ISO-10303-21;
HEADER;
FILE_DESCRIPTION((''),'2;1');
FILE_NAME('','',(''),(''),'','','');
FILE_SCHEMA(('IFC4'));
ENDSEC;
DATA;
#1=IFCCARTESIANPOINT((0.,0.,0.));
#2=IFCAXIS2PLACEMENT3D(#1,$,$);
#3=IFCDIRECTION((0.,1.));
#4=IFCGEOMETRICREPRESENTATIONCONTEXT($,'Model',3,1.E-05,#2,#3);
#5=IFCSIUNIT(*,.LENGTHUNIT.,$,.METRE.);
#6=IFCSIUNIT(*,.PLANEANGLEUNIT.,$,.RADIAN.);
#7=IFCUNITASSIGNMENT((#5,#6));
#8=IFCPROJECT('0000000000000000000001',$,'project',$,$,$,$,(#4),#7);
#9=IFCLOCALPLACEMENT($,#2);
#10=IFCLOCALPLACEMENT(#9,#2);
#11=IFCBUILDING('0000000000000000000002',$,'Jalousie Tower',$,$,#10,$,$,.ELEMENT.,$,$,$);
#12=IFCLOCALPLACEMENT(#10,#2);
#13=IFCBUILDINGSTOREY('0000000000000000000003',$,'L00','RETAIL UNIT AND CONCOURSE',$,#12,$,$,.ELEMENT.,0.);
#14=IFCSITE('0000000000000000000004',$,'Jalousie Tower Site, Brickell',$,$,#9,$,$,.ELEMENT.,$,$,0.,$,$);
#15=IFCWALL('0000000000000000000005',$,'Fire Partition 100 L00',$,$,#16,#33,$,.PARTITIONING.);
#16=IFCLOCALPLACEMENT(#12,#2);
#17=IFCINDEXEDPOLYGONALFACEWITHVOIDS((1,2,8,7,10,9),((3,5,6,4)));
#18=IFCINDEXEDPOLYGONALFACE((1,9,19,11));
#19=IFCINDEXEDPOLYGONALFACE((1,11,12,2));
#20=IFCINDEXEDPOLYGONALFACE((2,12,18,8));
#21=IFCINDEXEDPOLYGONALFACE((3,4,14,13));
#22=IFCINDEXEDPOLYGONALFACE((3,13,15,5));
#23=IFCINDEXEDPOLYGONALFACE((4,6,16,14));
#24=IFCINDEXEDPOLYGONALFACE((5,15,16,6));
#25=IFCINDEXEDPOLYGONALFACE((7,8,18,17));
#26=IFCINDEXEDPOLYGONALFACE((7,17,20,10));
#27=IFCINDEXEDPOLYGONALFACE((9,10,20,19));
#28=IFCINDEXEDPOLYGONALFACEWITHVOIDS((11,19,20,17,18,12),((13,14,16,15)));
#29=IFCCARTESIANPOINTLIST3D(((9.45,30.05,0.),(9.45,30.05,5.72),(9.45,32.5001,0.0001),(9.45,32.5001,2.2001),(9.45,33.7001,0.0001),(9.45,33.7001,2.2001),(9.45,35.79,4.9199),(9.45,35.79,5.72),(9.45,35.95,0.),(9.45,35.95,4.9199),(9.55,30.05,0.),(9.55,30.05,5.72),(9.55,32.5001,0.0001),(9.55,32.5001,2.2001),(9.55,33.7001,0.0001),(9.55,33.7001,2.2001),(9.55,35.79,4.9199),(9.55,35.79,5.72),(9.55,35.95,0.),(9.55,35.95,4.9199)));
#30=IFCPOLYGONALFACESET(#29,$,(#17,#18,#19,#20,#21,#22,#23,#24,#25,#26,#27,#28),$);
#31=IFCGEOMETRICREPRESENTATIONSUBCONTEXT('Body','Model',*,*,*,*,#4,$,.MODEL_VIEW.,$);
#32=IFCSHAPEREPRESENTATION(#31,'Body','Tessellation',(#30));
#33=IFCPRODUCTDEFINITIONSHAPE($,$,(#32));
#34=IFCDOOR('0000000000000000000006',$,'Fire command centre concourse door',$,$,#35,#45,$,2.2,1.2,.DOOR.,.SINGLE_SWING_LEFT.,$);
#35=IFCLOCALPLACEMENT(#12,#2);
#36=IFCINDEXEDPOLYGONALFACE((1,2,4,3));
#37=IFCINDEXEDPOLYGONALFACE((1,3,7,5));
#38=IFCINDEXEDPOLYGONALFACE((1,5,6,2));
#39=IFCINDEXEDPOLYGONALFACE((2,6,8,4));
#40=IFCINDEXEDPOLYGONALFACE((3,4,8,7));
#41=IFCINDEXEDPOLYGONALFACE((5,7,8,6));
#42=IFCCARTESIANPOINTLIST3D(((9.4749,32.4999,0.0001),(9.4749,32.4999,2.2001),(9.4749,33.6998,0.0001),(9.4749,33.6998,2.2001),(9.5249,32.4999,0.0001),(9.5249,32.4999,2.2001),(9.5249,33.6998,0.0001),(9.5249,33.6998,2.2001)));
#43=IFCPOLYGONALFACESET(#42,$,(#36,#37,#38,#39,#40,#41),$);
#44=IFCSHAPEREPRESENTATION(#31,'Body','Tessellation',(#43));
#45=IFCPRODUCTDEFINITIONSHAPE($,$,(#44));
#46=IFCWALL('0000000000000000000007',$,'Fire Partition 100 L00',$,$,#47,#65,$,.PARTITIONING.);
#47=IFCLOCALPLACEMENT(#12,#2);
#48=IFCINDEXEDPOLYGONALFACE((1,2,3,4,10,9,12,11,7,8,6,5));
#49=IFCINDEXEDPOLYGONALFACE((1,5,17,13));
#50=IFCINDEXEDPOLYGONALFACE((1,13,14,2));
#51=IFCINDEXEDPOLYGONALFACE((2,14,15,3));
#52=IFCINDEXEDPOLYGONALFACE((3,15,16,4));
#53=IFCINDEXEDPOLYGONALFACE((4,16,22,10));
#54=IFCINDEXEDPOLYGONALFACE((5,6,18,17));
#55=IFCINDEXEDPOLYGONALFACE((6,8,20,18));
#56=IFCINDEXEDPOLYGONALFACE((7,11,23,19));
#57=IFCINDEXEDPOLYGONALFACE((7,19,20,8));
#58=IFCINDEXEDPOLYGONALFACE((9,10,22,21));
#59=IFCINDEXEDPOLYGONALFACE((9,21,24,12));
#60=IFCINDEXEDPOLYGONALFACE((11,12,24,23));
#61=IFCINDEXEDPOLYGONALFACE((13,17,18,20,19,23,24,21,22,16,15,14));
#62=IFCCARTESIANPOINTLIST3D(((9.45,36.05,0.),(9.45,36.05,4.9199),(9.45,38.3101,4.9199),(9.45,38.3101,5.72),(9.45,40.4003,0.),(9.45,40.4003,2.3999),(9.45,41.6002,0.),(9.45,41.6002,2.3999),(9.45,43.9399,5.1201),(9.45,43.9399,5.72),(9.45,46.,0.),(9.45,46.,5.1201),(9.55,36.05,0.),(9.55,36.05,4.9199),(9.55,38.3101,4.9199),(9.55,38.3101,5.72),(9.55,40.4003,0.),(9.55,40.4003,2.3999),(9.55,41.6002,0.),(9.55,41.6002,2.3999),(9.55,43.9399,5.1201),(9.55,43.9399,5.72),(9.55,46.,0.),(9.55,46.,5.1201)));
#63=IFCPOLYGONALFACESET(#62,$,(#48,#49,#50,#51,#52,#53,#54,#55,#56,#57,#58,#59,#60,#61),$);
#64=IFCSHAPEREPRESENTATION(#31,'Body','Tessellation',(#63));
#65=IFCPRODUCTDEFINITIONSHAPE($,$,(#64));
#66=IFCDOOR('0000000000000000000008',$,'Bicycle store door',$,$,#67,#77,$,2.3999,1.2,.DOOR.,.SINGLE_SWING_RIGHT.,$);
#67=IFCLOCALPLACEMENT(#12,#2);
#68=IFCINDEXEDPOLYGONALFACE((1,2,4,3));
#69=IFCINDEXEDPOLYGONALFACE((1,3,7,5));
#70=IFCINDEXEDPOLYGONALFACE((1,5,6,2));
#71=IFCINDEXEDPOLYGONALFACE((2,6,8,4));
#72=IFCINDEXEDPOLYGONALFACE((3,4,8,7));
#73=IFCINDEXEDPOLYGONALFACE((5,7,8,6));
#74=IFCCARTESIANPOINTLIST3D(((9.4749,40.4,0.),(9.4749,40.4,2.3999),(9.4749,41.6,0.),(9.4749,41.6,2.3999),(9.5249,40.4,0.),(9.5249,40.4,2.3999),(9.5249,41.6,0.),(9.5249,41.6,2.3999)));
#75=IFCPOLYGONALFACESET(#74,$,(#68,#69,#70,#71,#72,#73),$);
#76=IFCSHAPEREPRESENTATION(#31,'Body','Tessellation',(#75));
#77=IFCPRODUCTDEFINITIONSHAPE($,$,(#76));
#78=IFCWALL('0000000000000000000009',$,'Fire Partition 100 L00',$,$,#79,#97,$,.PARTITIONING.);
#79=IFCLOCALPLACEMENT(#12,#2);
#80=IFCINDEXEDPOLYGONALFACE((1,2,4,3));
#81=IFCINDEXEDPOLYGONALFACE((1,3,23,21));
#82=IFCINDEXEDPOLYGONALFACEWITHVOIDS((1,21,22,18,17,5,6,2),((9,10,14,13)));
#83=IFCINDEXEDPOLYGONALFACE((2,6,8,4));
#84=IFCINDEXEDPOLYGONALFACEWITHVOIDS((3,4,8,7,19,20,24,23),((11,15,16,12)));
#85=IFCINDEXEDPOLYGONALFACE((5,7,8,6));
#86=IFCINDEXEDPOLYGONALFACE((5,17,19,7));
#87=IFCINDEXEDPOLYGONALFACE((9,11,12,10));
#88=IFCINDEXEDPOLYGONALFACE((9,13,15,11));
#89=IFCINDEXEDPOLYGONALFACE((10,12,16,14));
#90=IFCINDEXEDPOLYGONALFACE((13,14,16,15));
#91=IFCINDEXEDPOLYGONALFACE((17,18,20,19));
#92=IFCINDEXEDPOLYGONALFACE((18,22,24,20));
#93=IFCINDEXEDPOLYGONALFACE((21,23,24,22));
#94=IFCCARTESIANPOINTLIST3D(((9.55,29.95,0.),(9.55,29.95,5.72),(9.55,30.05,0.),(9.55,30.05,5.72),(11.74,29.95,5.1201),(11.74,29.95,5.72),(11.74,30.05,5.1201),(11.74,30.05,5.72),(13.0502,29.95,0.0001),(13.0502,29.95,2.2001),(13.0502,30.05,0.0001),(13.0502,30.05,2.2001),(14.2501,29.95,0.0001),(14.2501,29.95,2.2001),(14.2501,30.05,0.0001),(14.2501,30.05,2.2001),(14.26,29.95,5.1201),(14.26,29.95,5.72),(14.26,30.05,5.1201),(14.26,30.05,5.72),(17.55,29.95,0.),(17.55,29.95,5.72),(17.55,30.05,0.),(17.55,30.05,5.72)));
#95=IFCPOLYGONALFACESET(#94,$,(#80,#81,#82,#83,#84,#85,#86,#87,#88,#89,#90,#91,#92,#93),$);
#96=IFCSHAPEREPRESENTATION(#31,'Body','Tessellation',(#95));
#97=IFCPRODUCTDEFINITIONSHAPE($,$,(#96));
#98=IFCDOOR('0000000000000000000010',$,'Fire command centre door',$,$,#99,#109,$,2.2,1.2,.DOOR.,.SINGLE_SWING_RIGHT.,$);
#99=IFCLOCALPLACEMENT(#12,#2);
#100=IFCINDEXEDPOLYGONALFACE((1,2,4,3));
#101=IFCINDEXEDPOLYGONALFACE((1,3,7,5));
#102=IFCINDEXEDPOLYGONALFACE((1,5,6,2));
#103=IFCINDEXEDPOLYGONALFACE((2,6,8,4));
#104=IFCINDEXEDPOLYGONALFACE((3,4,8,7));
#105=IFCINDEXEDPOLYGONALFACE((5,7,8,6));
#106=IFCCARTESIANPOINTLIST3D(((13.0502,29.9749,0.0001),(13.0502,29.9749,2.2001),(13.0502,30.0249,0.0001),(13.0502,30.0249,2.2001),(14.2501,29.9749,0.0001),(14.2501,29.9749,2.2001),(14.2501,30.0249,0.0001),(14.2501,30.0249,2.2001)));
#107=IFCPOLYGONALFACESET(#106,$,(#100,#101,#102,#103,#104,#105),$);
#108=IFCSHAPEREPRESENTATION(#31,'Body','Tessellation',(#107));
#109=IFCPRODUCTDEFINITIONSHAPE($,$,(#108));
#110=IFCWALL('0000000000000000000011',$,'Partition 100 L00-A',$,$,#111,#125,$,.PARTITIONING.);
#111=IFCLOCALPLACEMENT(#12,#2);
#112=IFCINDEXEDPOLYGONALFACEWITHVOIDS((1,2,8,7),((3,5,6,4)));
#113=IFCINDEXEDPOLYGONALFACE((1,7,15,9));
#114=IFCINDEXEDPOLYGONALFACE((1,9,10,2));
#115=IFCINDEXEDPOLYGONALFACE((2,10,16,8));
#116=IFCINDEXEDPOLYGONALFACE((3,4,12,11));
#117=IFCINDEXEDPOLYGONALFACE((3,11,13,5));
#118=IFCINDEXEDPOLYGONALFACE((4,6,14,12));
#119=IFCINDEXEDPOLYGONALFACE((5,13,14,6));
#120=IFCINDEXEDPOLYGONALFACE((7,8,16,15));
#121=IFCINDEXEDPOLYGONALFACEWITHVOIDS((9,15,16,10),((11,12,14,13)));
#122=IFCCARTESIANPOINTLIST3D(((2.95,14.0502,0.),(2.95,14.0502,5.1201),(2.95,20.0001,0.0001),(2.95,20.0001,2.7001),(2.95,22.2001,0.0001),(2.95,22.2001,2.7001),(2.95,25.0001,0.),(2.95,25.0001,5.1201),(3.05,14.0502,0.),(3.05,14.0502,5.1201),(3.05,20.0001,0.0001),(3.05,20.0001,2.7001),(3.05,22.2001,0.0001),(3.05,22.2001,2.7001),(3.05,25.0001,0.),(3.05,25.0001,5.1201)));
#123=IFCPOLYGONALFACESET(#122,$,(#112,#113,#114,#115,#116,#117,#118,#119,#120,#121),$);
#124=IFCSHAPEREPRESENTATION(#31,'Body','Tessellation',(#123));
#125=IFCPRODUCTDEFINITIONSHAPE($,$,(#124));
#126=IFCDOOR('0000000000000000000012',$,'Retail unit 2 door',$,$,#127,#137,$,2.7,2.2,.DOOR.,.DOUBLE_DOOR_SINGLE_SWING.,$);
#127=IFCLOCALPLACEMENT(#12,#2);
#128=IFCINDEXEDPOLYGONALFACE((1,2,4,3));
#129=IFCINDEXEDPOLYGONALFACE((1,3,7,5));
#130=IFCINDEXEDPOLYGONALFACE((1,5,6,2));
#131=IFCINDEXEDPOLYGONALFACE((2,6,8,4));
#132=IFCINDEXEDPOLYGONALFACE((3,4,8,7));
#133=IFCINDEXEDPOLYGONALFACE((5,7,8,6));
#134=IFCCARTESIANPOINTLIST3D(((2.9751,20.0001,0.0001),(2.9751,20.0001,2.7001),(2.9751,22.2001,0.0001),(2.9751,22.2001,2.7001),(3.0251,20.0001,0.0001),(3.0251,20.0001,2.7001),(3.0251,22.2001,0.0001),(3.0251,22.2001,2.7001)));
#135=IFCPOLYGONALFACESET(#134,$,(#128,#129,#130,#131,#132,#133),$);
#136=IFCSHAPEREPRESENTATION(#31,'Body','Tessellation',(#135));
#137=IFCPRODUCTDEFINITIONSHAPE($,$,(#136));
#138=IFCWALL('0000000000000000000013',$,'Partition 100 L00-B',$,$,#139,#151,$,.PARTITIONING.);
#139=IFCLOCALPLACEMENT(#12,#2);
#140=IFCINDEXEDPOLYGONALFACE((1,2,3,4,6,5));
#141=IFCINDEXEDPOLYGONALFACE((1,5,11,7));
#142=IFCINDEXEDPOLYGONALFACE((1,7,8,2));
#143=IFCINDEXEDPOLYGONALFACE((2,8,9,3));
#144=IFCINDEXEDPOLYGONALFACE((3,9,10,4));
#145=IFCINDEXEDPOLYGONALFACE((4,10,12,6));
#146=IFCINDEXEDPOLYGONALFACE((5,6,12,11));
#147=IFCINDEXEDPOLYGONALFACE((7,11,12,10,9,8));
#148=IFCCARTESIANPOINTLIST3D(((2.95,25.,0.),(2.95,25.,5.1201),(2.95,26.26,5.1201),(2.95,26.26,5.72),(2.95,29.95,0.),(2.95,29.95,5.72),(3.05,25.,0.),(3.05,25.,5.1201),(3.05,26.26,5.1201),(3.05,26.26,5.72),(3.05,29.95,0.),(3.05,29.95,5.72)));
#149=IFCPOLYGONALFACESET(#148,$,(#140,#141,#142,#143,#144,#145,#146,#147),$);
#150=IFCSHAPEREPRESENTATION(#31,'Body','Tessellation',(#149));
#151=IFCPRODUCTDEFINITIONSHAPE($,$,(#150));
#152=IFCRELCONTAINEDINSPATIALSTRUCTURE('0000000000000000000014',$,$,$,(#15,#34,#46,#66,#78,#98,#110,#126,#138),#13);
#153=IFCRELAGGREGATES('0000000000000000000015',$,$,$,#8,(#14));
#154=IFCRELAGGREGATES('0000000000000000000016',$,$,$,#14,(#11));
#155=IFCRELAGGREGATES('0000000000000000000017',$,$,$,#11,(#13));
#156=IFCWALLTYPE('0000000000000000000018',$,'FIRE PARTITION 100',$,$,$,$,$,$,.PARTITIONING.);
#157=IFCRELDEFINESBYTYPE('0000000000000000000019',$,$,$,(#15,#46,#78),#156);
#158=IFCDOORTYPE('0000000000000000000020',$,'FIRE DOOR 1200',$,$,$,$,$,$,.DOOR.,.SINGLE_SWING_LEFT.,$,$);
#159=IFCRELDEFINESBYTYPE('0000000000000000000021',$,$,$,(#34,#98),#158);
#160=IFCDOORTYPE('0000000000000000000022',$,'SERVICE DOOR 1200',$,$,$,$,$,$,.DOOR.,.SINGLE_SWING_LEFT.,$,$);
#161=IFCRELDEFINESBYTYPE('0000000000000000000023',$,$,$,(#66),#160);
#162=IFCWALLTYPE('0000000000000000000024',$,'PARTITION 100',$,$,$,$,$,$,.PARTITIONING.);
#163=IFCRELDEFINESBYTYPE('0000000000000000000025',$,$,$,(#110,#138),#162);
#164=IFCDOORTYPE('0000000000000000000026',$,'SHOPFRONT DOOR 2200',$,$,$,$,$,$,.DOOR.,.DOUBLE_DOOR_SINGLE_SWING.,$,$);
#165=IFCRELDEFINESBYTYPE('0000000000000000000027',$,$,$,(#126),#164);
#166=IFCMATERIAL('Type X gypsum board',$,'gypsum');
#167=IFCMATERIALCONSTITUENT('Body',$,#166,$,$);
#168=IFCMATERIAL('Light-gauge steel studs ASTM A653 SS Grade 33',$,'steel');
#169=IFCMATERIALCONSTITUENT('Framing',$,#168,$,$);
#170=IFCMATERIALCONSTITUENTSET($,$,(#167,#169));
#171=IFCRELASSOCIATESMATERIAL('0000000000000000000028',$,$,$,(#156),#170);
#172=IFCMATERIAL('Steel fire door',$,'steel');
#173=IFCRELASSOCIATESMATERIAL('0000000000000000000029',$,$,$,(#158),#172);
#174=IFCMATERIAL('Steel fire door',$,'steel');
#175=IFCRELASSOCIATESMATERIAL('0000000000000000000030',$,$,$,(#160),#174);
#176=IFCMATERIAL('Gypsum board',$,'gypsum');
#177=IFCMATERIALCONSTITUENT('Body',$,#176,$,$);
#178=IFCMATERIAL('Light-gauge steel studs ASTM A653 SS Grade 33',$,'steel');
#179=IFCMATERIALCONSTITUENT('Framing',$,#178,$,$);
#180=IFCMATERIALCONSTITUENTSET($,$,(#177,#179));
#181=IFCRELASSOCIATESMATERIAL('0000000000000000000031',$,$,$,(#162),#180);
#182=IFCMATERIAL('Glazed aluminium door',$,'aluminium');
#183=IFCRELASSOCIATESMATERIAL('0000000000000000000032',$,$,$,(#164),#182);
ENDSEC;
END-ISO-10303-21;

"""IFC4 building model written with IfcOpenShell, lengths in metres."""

from ifc_helpers import new_model, si_unit, direction, frame, frame_2d, origin, place, context, subcontext, project, spatial, polyline, rectangle, outline, extrude, material, constituent, constituent_set, type_object, element, fill, save


model = new_model("IFC4")

# Units and contexts
model_context = context("Model", 3, precision=1e-05, world=origin(), true_north=direction((0.0, 1.0)))
body_context = subcontext(model_context, "Body", "Model", "MODEL_VIEW")
ifc_project = project(units=[si_unit("LENGTHUNIT", "METRE"), si_unit("PLANEANGLEUNIT", "RADIAN")], contexts=[model_context])

# Site, building, storey
site_placement = place(None, origin())
site = spatial("IfcSite", under=ifc_project, at=site_placement, Name="Jalousie Tower Site, Brickell", CompositionType="ELEMENT", RefElevation=0.0)
building_placement = place(site_placement, origin())
building = spatial("IfcBuilding", under=site, at=building_placement, Name="Jalousie Tower", CompositionType="ELEMENT")
storey_placement = place(building_placement, origin())
storey = spatial("IfcBuildingStorey", under=building, at=storey_placement, Name="L00", Description="RETAIL UNIT AND CONCOURSE", CompositionType="ELEMENT", Elevation=0.0)

# Shared definitions
ifc_material_1 = material(Name="Type X gypsum board", Category="gypsum")
ifc_constituent_1 = constituent(ifc_material_1, Name="Body")
ifc_material_2 = material(Name="Light-gauge steel studs ASTM A653 SS Grade 33", Category="steel")
ifc_constituent_2 = constituent(ifc_material_2, Name="Framing")
ifc_constituent_set_1 = constituent_set(constituents=[ifc_constituent_1, ifc_constituent_2])
wall_type_1 = type_object("IfcWallType", Name="FIRE PARTITION 100", PredefinedType="PARTITIONING", material=ifc_constituent_set_1)

# Walls, openings, doors
wall_1_placement = place(storey_placement, frame((9.5, 30.05, 0.0), z_axis=(0.0, 0.0, 1.0), x_axis=(0.0, 1.0, 0.0)))
wall_1 = element("IfcWall", 1, at=wall_1_placement, inside=storey, type_object=wall_type_1, Name="Fire Partition 100 L00", PredefinedType="PARTITIONING", context=body_context, shape_type="SweptSolid", body=[
    extrude(outline(polyline([(0.0, 0.0), (5.8999, 0.0), (5.8999, 5.72), (5.8999, 4.9199), (5.74, 4.9199), (5.74, 5.72), (0.0, 5.72), (0.0, 0.0)])), frame((0.0, 0.05, 0.0), z_axis=(0.0, -1.0, 0.0), x_axis=(1.0, 0.0, 0.0)), (0.0, 0.0, 1.0), 0.1001),
])
opening_1_placement = place(wall_1_placement, frame((2.45, 0.0, 0.0)))
opening_1 = element("IfcOpeningElement", 2, at=opening_1_placement, cuts=wall_1, PredefinedType="OPENING", context=body_context, shape_type="SweptSolid", body=[
    extrude(rectangle(XDim=1.2, YDim=2.2, at=frame_2d((0.6001, 1.1001))), frame((0.0, 0.0601, 0.0), z_axis=(0.0, -1.0, 0.0), x_axis=(1.0, 0.0, 0.0)), (0.0, 0.0, 1.0), 0.1201),
])
ifc_material_3 = material(Name="Steel fire door", Category="steel")
door_type_1 = type_object("IfcDoorType", Name="FIRE DOOR 1200", OperationType="SINGLE_SWING_LEFT", PredefinedType="DOOR", material=ifc_material_3)
door_1_placement = place(opening_1_placement, frame((1.2, 0.0, 0.0), z_axis=(0.0, 0.0, 1.0), x_axis=(-1.0, 0.0, 0.0)))
door_1 = element("IfcDoor", 3, at=door_1_placement, inside=storey, type_object=door_type_1, Name="Fire command centre concourse door", OperationType="SINGLE_SWING_LEFT", OverallHeight=2.2, OverallWidth=1.2, PredefinedType="DOOR", context=body_context, shape_type="SweptSolid", body=[
    extrude(rectangle(XDim=1.2, YDim=2.2, at=frame_2d((0.6001, 1.1001))), frame((0.0, 0.0249, 0.0), z_axis=(0.0, -1.0, 0.0), x_axis=(1.0, 0.0, 0.0)), (0.0, 0.0, 1.0), 0.05),
])
fill(opening_1, door_1)
wall_2_placement = place(storey_placement, frame((9.5, 36.05, 0.0), z_axis=(0.0, 0.0, 1.0), x_axis=(0.0, 1.0, 0.0)))
wall_2 = element("IfcWall", 4, at=wall_2_placement, inside=storey, type_object=wall_type_1, Name="Fire Partition 100 L00", PredefinedType="PARTITIONING", context=body_context, shape_type="SweptSolid", body=[
    extrude(outline(polyline([(0.0, 0.0), (9.95, 0.0), (9.95, 5.72), (9.95, 5.1201), (7.8899, 5.1201), (7.8899, 5.72), (2.26, 5.72), (2.26, 4.9199), (0.0, 4.9199), (0.0, 5.72), (0.0, 0.0)])), frame((0.0, 0.05, 0.0), z_axis=(0.0, -1.0, 0.0), x_axis=(1.0, 0.0, 0.0)), (0.0, 0.0, 1.0), 0.1001),
])
opening_2_placement = place(wall_2_placement, frame((4.3501, 0.0, 0.0)))
opening_2 = element("IfcOpeningElement", 5, at=opening_2_placement, cuts=wall_2, PredefinedType="OPENING", context=body_context, shape_type="SweptSolid", body=[
    extrude(rectangle(XDim=1.2, YDim=2.3999, at=frame_2d((0.6001, 1.2))), frame((0.0, 0.0601, 0.0), z_axis=(0.0, -1.0, 0.0), x_axis=(1.0, 0.0, 0.0)), (0.0, 0.0, 1.0), 0.1201),
])
ifc_material_4 = material(Name="Steel fire door", Category="steel")
door_type_2 = type_object("IfcDoorType", Name="SERVICE DOOR 1200", OperationType="SINGLE_SWING_LEFT", PredefinedType="DOOR", material=ifc_material_4)
door_2_placement = place(opening_2_placement, frame((1.2, 0.0, 0.0), z_axis=(0.0, 0.0, 1.0), x_axis=(-1.0, 0.0, 0.0)))
door_2 = element("IfcDoor", 6, at=door_2_placement, inside=storey, type_object=door_type_2, Name="Bicycle store door", OperationType="SINGLE_SWING_RIGHT", OverallHeight=2.3999, OverallWidth=1.2, PredefinedType="DOOR", context=body_context, shape_type="SweptSolid", body=[
    extrude(rectangle(XDim=1.2, YDim=2.3999, at=frame_2d((0.6001, 1.2))), frame((0.0, 0.0249, 0.0), z_axis=(0.0, -1.0, 0.0), x_axis=(1.0, 0.0, 0.0)), (0.0, 0.0, 1.0), 0.05),
])
fill(opening_2, door_2)
wall_3_placement = place(storey_placement, frame((9.55, 30.0, 0.0), z_axis=(0.0, 0.0, 1.0), x_axis=(1.0, 0.0, 0.0)))
wall_3 = element("IfcWall", 7, at=wall_3_placement, inside=storey, type_object=wall_type_1, Name="Fire Partition 100 L00", PredefinedType="PARTITIONING", context=body_context, shape_type="SweptSolid", body=[
    extrude(outline(polyline([(0.0, 0.0), (8.0, 0.0), (8.0, 5.72), (4.71, 5.72), (4.71, 5.1201), (2.1899, 5.1201), (2.1899, 5.72), (0.0, 5.72), (0.0, 0.0)])), frame((0.0, 0.05, 0.0), z_axis=(0.0, -1.0, 0.0), x_axis=(1.0, 0.0, 0.0)), (0.0, 0.0, 1.0), 0.1001),
])
opening_3_placement = place(wall_3_placement, frame((3.5, 0.0, 0.0)))
opening_3 = element("IfcOpeningElement", 8, at=opening_3_placement, cuts=wall_3, PredefinedType="OPENING", context=body_context, shape_type="SweptSolid", body=[
    extrude(rectangle(XDim=1.2, YDim=2.2, at=frame_2d((0.6001, 1.1001))), frame((0.0, 0.0601, 0.0), z_axis=(0.0, -1.0, 0.0), x_axis=(1.0, 0.0, 0.0)), (0.0, 0.0, 1.0), 0.1201),
])
door_3_placement = place(opening_3_placement, origin())
door_3 = element("IfcDoor", 9, at=door_3_placement, inside=storey, type_object=door_type_1, Name="Fire command centre door", OperationType="SINGLE_SWING_RIGHT", OverallHeight=2.2, OverallWidth=1.2, PredefinedType="DOOR", context=body_context, shape_type="SweptSolid", body=[
    extrude(rectangle(XDim=1.2, YDim=2.2, at=frame_2d((0.6001, 1.1001))), frame((0.0, 0.0249, 0.0), z_axis=(0.0, -1.0, 0.0), x_axis=(1.0, 0.0, 0.0)), (0.0, 0.0, 1.0), 0.05),
])
fill(opening_3, door_3)
ifc_material_5 = material(Name="Gypsum board", Category="gypsum")
ifc_constituent_3 = constituent(ifc_material_5, Name="Body")
ifc_material_6 = material(Name="Light-gauge steel studs ASTM A653 SS Grade 33", Category="steel")
ifc_constituent_4 = constituent(ifc_material_6, Name="Framing")
ifc_constituent_set_2 = constituent_set(constituents=[ifc_constituent_3, ifc_constituent_4])
wall_type_2 = type_object("IfcWallType", Name="PARTITION 100", PredefinedType="PARTITIONING", material=ifc_constituent_set_2)
wall_4_placement = place(storey_placement, frame((3.0, 14.05, 0.0), z_axis=(0.0, 0.0, 1.0), x_axis=(0.0, 1.0, 0.0)))
wall_4 = element("IfcWall", 10, at=wall_4_placement, inside=storey, type_object=wall_type_2, Name="Partition 100 L00-A", PredefinedType="PARTITIONING", context=body_context, shape_type="SweptSolid", body=[
    extrude(rectangle(XDim=10.95, YDim=0.1001, at=frame_2d((5.4751, 0.0))), origin(), (0.0, 0.0, 1.0), 5.1201),
])
opening_4_placement = place(wall_4_placement, frame((5.95, 0.0, 0.0)))
opening_4 = element("IfcOpeningElement", 11, at=opening_4_placement, cuts=wall_4, PredefinedType="OPENING", context=body_context, shape_type="SweptSolid", body=[
    extrude(rectangle(XDim=2.2, YDim=2.7, at=frame_2d((1.1001, 1.3501))), frame((0.0, 0.0601, 0.0), z_axis=(0.0, -1.0, 0.0), x_axis=(1.0, 0.0, 0.0)), (0.0, 0.0, 1.0), 0.1201),
])
ifc_material_7 = material(Name="Glazed aluminium door", Category="aluminium")
door_type_3 = type_object("IfcDoorType", Name="SHOPFRONT DOOR 2200", OperationType="DOUBLE_DOOR_SINGLE_SWING", PredefinedType="DOOR", material=ifc_material_7)
door_4_placement = place(opening_4_placement, origin())
door_4 = element("IfcDoor", 12, at=door_4_placement, inside=storey, type_object=door_type_3, Name="Retail unit 2 door", OperationType="DOUBLE_DOOR_SINGLE_SWING", OverallHeight=2.7, OverallWidth=2.2, PredefinedType="DOOR", context=body_context, shape_type="SweptSolid", body=[
    extrude(rectangle(XDim=2.2, YDim=2.7, at=frame_2d((1.1001, 1.3501))), frame((0.0, 0.0249, 0.0), z_axis=(0.0, -1.0, 0.0), x_axis=(1.0, 0.0, 0.0)), (0.0, 0.0, 1.0), 0.05),
])
fill(opening_4, door_4)

# Wall
wall_5_placement = place(storey_placement, frame((3.0, 25.0, 0.0), z_axis=(0.0, 0.0, 1.0), x_axis=(0.0, 1.0, 0.0)))
element("IfcWall", 13, at=wall_5_placement, inside=storey, type_object=wall_type_2, Name="Partition 100 L00-B", PredefinedType="PARTITIONING", context=body_context, shape_type="SweptSolid", body=[
    extrude(outline(polyline([(0.0, 0.0), (4.95, 0.0), (4.95, 5.72), (1.26, 5.72), (1.26, 5.1201), (0.0, 5.1201), (0.0, 0.0)])), frame((0.0, 0.05, 0.0), z_axis=(0.0, -1.0, 0.0), x_axis=(1.0, 0.0, 0.0)), (0.0, 0.0, 1.0), 0.1001),
])

save(model, "model.ifc")
